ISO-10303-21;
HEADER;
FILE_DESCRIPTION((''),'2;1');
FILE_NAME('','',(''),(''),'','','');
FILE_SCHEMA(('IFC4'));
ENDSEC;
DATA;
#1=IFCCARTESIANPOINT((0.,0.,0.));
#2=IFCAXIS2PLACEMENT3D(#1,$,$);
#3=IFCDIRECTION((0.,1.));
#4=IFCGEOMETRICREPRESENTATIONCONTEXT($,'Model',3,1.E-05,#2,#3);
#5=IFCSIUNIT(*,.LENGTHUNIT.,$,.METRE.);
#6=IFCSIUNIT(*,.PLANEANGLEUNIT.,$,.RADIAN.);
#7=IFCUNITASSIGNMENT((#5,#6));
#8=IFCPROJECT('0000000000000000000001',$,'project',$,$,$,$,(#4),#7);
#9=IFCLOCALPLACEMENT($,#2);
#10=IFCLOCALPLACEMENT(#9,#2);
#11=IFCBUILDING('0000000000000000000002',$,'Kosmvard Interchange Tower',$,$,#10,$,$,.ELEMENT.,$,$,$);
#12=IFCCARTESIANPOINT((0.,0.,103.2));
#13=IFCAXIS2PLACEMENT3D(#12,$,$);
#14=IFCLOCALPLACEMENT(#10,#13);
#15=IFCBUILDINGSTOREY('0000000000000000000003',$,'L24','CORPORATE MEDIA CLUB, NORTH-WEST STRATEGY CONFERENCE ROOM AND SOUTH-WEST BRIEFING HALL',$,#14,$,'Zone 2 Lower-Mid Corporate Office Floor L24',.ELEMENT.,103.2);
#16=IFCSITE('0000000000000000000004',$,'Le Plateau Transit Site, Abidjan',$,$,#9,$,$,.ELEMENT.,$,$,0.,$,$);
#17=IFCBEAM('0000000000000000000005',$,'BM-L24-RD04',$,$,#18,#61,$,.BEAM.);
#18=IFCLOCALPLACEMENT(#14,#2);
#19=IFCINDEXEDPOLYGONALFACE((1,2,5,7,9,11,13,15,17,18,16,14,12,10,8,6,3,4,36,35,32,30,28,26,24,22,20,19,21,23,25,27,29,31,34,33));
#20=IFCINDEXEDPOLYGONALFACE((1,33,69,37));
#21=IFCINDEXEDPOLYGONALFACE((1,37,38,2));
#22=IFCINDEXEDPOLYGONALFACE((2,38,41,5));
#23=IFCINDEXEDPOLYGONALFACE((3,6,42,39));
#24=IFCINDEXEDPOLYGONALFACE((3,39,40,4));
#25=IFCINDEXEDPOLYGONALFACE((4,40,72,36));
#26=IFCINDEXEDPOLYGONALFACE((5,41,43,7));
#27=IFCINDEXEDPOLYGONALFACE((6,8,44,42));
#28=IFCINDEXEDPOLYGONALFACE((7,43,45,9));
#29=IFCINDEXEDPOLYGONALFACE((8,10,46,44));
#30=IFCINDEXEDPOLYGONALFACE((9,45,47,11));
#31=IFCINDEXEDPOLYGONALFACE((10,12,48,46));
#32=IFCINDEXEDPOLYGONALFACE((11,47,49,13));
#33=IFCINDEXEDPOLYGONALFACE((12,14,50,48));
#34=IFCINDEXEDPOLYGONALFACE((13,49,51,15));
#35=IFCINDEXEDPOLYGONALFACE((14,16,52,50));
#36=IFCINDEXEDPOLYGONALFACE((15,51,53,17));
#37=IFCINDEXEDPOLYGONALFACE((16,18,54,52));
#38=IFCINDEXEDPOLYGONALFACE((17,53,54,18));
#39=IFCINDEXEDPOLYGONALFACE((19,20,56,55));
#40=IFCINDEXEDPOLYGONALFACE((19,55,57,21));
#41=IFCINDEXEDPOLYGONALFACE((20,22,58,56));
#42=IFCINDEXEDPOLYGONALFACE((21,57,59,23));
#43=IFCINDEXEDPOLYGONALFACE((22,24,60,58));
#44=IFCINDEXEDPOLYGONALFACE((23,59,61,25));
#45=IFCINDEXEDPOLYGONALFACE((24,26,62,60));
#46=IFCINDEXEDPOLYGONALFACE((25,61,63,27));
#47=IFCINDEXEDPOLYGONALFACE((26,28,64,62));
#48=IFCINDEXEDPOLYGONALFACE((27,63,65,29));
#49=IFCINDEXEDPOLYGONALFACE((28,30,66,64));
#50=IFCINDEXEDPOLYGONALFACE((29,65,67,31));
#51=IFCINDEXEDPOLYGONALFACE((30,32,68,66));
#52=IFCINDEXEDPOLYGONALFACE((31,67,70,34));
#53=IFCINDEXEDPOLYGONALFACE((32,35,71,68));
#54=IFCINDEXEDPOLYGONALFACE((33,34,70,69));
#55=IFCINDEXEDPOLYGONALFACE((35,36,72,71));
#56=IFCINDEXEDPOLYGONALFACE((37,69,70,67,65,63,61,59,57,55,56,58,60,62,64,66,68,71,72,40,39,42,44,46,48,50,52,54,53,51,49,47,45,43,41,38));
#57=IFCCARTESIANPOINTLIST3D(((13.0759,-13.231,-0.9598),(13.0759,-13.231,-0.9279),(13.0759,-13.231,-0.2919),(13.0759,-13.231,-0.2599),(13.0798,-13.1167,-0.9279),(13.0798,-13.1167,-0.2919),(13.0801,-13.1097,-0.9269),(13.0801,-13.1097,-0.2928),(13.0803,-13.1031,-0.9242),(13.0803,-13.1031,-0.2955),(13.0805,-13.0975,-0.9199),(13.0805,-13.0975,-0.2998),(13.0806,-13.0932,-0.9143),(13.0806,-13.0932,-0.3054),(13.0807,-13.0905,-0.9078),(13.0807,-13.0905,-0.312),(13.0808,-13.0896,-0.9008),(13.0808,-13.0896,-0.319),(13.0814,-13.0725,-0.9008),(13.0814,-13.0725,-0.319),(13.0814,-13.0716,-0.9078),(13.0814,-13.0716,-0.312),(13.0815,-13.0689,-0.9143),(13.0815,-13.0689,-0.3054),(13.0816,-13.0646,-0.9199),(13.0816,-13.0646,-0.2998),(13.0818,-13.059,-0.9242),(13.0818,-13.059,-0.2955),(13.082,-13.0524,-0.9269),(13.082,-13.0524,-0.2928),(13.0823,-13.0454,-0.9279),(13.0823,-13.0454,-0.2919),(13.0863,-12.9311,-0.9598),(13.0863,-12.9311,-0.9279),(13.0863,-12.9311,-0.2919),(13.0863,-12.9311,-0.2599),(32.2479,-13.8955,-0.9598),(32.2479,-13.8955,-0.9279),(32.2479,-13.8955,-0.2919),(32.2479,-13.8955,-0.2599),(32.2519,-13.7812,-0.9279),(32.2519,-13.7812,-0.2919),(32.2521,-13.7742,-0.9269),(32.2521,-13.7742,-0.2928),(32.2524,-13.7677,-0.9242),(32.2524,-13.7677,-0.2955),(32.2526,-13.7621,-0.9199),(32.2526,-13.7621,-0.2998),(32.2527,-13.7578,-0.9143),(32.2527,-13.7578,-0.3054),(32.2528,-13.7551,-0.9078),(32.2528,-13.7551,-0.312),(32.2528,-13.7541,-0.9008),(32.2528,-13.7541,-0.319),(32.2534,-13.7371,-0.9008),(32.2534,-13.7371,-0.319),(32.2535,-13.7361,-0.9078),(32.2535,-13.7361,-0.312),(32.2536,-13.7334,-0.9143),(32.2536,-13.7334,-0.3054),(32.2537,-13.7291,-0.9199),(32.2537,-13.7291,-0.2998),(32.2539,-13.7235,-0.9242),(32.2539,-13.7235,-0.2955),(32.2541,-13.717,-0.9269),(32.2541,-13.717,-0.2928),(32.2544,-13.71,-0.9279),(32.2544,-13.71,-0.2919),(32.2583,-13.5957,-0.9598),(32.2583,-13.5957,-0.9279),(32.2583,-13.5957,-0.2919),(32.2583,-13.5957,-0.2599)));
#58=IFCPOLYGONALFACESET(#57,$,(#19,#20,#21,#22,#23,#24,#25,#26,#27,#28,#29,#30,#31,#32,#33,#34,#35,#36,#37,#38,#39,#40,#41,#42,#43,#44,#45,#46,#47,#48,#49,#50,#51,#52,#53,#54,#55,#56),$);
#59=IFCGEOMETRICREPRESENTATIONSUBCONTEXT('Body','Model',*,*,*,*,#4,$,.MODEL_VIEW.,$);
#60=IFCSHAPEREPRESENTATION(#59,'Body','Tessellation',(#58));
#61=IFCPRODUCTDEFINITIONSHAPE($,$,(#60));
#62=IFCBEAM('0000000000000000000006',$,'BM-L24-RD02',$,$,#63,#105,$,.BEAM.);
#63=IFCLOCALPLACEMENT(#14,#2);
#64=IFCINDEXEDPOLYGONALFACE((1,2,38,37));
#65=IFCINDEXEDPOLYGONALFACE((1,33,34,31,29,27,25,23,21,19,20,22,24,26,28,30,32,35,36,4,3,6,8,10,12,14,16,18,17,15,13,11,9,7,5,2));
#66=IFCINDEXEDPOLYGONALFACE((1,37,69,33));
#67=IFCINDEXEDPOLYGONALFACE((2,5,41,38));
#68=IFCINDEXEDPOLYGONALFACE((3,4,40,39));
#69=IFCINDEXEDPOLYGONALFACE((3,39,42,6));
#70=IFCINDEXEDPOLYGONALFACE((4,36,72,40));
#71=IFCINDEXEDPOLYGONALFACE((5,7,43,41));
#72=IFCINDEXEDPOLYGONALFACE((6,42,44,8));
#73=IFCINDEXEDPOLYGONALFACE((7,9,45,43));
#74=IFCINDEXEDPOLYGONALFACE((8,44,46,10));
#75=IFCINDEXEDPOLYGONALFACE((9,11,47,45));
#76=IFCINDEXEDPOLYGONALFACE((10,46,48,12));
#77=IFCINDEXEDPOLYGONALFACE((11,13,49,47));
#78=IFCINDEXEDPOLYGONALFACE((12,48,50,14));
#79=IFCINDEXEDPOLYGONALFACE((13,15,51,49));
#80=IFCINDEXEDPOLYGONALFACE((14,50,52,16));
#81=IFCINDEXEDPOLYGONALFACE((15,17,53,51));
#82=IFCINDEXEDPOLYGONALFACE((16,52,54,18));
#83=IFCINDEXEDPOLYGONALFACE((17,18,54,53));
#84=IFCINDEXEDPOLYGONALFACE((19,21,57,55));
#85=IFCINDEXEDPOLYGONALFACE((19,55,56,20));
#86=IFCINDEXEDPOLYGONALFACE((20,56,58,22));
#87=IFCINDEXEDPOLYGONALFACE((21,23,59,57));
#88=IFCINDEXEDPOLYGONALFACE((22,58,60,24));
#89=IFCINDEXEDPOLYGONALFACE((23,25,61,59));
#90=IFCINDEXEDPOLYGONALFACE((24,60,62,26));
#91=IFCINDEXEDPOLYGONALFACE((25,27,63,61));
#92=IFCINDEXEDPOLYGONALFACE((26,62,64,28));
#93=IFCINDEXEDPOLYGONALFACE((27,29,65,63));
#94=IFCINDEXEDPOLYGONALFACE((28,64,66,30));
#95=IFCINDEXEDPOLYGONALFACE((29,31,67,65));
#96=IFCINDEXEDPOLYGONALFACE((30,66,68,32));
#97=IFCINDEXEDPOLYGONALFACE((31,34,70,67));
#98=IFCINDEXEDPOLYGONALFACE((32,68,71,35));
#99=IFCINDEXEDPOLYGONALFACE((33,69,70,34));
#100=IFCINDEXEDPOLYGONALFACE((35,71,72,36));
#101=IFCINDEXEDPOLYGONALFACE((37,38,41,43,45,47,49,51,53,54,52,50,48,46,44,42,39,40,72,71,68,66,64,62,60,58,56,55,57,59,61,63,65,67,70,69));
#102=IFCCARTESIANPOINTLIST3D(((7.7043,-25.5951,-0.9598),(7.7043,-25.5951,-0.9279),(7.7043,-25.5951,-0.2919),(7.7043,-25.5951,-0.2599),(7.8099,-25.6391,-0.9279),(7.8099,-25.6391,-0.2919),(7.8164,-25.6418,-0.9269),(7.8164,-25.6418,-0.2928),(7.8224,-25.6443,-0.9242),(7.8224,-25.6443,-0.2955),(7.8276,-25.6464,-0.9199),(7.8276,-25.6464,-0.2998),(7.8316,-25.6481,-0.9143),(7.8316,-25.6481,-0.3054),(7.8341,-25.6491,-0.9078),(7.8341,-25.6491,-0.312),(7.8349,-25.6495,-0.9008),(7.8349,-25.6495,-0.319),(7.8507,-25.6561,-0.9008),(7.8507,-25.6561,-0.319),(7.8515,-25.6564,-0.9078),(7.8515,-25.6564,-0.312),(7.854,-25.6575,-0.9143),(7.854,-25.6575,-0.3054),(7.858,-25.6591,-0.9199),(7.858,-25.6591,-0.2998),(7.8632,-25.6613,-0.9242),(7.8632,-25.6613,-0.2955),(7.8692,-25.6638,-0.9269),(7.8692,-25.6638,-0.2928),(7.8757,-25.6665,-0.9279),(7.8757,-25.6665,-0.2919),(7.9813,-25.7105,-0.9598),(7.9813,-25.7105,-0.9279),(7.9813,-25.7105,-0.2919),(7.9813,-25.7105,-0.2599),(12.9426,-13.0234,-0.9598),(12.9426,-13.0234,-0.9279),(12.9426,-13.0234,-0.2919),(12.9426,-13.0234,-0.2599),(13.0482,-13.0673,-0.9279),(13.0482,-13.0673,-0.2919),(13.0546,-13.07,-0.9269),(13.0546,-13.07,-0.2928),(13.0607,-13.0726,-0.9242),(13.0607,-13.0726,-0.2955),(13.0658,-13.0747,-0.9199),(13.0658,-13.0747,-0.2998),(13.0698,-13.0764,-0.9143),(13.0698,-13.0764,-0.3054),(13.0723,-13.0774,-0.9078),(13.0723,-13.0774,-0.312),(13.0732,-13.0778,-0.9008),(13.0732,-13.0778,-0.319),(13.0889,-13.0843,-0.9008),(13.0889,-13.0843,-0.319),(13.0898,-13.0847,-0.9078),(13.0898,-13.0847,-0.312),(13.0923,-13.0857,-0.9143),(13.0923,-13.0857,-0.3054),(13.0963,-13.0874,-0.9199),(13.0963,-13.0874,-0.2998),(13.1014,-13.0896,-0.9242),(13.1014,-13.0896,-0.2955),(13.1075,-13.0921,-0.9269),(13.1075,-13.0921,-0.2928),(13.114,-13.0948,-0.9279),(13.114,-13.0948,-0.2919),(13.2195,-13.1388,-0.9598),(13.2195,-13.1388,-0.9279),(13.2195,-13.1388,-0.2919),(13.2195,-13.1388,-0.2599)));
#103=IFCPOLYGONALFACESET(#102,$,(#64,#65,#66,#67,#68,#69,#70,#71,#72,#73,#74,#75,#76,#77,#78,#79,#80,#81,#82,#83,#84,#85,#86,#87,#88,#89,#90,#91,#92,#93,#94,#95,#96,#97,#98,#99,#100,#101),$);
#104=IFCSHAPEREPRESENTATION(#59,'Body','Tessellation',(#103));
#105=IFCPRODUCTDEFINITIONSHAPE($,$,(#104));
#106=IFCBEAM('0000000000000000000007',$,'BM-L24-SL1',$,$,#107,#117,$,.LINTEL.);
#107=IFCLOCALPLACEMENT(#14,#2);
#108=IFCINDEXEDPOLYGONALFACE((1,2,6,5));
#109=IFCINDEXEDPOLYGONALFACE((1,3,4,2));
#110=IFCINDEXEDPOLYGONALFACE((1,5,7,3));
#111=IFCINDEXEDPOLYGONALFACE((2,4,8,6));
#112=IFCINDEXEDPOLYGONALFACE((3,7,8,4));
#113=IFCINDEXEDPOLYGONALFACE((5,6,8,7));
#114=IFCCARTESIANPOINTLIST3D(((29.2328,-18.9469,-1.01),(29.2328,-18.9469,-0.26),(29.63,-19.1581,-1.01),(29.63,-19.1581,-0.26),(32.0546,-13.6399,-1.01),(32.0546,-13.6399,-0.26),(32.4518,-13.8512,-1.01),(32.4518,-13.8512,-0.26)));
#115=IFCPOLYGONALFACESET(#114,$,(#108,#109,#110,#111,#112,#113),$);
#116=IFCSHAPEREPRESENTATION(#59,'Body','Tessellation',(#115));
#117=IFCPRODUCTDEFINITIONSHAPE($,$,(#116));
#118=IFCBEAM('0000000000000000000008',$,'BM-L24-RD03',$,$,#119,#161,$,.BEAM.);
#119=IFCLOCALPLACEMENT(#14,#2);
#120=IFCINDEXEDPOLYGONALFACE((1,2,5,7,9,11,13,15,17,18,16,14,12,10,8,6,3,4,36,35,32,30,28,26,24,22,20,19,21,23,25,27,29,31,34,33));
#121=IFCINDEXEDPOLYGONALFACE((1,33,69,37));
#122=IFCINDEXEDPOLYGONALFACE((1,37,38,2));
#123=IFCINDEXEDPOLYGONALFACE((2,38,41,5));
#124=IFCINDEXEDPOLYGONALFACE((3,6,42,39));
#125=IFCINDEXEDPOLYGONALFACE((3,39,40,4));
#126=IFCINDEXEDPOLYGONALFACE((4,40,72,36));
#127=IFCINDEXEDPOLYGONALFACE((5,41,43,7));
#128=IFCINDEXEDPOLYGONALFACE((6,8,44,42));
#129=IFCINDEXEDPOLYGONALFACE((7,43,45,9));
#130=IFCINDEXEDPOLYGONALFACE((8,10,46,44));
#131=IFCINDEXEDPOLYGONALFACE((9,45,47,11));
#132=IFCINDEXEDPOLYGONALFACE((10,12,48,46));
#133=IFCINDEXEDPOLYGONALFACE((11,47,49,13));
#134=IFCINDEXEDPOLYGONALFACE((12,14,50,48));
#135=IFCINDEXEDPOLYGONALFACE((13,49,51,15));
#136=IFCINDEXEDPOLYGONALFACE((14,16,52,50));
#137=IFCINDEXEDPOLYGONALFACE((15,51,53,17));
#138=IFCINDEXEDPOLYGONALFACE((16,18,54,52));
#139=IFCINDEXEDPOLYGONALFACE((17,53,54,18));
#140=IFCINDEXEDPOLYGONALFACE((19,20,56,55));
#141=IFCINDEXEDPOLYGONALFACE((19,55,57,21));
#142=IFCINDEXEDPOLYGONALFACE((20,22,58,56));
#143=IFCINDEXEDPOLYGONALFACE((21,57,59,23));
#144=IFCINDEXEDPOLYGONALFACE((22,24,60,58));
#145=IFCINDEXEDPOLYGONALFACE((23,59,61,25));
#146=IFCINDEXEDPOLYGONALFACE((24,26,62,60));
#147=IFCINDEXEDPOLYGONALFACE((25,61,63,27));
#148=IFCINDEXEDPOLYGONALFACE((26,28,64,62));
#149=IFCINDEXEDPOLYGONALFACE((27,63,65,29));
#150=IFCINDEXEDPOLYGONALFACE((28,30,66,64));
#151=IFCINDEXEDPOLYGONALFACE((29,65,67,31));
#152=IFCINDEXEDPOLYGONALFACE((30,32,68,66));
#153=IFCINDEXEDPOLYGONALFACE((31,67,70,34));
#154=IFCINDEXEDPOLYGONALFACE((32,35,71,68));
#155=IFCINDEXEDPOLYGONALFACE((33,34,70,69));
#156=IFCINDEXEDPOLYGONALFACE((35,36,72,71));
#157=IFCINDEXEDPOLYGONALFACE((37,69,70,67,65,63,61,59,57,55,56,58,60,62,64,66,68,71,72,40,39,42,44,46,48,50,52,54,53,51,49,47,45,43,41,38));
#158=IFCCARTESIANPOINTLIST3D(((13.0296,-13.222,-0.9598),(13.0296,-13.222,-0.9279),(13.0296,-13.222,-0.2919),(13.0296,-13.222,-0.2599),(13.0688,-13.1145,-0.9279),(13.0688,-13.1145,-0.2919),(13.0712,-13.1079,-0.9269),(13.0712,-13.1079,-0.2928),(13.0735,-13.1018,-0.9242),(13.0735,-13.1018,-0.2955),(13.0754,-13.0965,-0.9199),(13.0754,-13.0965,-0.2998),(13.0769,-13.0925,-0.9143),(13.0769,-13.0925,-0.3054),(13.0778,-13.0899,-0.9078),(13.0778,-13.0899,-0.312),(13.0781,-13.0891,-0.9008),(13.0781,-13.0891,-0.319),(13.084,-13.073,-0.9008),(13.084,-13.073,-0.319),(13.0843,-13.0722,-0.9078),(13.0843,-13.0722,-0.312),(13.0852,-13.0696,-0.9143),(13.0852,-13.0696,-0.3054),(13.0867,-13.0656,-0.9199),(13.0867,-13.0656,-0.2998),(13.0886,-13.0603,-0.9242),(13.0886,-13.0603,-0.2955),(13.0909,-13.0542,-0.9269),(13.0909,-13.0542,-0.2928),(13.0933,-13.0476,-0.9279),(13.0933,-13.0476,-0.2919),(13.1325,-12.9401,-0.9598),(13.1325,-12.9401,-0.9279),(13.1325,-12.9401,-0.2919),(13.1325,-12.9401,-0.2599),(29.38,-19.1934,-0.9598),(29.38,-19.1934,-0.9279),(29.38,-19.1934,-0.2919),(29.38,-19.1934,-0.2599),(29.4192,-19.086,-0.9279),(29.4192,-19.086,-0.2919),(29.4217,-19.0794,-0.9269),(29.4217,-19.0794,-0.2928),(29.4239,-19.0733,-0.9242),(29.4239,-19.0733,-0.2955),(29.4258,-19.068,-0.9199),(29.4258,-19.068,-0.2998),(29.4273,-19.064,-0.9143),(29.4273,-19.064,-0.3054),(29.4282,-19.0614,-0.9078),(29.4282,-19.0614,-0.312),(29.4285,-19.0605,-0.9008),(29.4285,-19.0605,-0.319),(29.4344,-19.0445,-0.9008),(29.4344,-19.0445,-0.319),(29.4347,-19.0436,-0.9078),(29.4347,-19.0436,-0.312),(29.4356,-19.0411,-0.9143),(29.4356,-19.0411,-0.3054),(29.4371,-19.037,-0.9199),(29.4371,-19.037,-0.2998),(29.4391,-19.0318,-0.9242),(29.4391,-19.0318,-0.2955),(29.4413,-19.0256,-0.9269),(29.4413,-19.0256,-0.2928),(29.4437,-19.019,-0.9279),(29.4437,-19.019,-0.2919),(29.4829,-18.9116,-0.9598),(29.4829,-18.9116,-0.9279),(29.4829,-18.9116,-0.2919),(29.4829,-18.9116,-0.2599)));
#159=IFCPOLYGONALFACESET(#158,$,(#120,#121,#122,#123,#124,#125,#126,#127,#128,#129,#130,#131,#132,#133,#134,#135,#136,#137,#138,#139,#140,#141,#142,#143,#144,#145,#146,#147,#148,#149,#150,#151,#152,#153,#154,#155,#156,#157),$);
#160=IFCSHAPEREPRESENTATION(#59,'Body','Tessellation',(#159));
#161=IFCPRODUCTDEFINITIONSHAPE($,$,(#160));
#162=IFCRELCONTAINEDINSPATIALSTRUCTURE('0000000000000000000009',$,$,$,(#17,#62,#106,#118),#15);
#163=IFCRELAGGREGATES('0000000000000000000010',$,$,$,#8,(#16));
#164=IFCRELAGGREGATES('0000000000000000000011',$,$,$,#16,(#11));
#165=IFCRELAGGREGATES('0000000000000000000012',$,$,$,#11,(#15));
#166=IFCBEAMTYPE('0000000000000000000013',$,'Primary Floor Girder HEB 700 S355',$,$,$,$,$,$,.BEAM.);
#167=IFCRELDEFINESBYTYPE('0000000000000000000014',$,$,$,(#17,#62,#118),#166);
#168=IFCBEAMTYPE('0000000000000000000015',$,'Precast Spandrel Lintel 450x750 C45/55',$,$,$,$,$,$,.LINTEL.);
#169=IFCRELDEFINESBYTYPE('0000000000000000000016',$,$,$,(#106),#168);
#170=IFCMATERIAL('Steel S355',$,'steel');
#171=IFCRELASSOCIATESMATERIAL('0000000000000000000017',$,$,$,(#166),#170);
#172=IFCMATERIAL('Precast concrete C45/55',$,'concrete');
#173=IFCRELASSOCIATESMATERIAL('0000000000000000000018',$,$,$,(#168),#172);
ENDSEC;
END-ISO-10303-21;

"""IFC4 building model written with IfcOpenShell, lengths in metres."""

from ifc_helpers import new_model, si_unit, direction, frame, origin, origin_2d, place, context, subcontext, project, spatial, rectangle, i_section, extrude, source, transform, mapped, material, material_profile, profile_set, type_object, element, save


model = new_model("IFC4")

# Units and contexts
model_context = context("Model", 3, precision=1e-05, world=origin(), true_north=direction((0.0, 1.0)))
body_context = subcontext(model_context, "Body", "Model", "MODEL_VIEW")
ifc_project = project(units=[si_unit("LENGTHUNIT", "METRE"), si_unit("PLANEANGLEUNIT", "RADIAN")], contexts=[model_context])

# Site, building, storey
site_placement = place(None, origin())
site = spatial("IfcSite", under=ifc_project, at=site_placement, Name="Le Plateau Transit Site, Abidjan", CompositionType="ELEMENT", RefElevation=0.0)
building_placement = place(site_placement, origin())
building = spatial("IfcBuilding", under=site, at=building_placement, Name="Kosmvard Interchange Tower", CompositionType="ELEMENT")
storey_placement = place(building_placement, frame((0.0, 0.0, 103.2)))
storey = spatial("IfcBuildingStorey", under=building, at=storey_placement, Name="L24", Description="CORPORATE MEDIA CLUB, NORTH-WEST STRATEGY CONFERENCE ROOM AND SOUTH-WEST BRIEFING HALL", LongName="Zone 2 Lower-Mid Corporate Office Floor L24", CompositionType="ELEMENT", Elevation=103.2)

# Beams
ifc_material_1 = material(Name="Steel S355", Category="steel")
ifc_material_profile_1 = material_profile(ifc_material_1, i_section(OverallWidth=0.3, OverallDepth=0.7, WebThickness=0.0171, FlangeThickness=0.032, FilletRadius=0.0271, at=origin_2d()), Name="HEB 700")
ifc_profile_set_1 = profile_set([ifc_material_profile_1], Name="Steel S355")
beam_type_1 = type_object("IfcBeamType", Name="Primary Floor Girder HEB 700 S355", PredefinedType="BEAM", material=ifc_profile_set_1)
shared_shape_1 = source(origin(), body_context, "Body", "SweptSolid", [
    extrude(i_section(OverallWidth=0.3, OverallDepth=0.7, WebThickness=0.0171, FlangeThickness=0.032, FilletRadius=0.0271, at=origin_2d()), origin(), (0.0, 0.0, 1.0), 19.1836),
])
beam_1_placement = place(storey_placement, frame((13.0811, -13.0811, -0.6099), z_axis=(0.9994, -0.034642, 0.0), x_axis=(0.034642, 0.9994, 0.0)))
element("IfcBeam", 1, at=beam_1_placement, inside=storey, type_object=beam_type_1, Name="BM-L24-RD04", PredefinedType="BEAM", context=body_context, shape_type="MappedRepresentation", body=[
    mapped(shared_shape_1, transform((0.0, 0.0, 0.0), scale=1.0)),
])
shared_shape_2 = source(origin(), body_context, "Body", "SweptSolid", [
    extrude(i_section(OverallWidth=0.3, OverallDepth=0.7, WebThickness=0.0171, FlangeThickness=0.032, FilletRadius=0.0271, at=origin_2d()), origin(), (0.0, 0.0, 1.0), 13.6194),
])
beam_2_placement = place(storey_placement, frame((13.0811, -13.0811, -0.6099), z_axis=(-0.384618, -0.923076, 0.0), x_axis=(0.923076, -0.384618, 0.0)))
element("IfcBeam", 2, at=beam_2_placement, inside=storey, type_object=beam_type_1, Name="BM-L24-RD02", PredefinedType="BEAM", context=body_context, shape_type="MappedRepresentation", body=[
    mapped(shared_shape_2, transform((0.0, 0.0, 0.0), scale=1.0)),
])
ifc_material_2 = material(Name="Precast concrete C45/55", Category="concrete")
ifc_material_profile_2 = material_profile(ifc_material_2, rectangle(XDim=0.45, YDim=0.75, at=origin_2d()), Name="SL 450x750")
ifc_profile_set_2 = profile_set([ifc_material_profile_2], Name="Precast concrete C45/55")
beam_type_2 = type_object("IfcBeamType", Name="Precast Spandrel Lintel 450x750 C45/55", PredefinedType="LINTEL", material=ifc_profile_set_2)
shared_shape_3 = source(origin(), body_context, "Body", "SweptSolid", [
    extrude(rectangle(XDim=0.45, YDim=0.75, at=origin_2d()), origin(), (0.0, 0.0, 1.0), 6.0105),
])
beam_3_placement = place(storey_placement, frame((29.4314, -19.0525, -0.635), z_axis=(0.469479, 0.882944, 0.0), x_axis=(-0.882944, 0.469479, 0.0)))
element("IfcBeam", 3, at=beam_3_placement, inside=storey, type_object=beam_type_2, Name="BM-L24-SL1", PredefinedType="LINTEL", context=body_context, shape_type="MappedRepresentation", body=[
    mapped(shared_shape_3, transform((0.0, 0.0, 0.0), scale=1.0)),
])
shared_shape_4 = source(origin(), body_context, "Body", "SweptSolid", [
    extrude(i_section(OverallWidth=0.3, OverallDepth=0.7, WebThickness=0.0171, FlangeThickness=0.032, FilletRadius=0.0271, at=origin_2d()), origin(), (0.0, 0.0, 1.0), 17.4067),
])
beam_4_placement = place(storey_placement, frame((13.0811, -13.0811, -0.6099), z_axis=(0.939315, -0.343055, 0.0), x_axis=(0.343055, 0.939315, 0.0)))
element("IfcBeam", 4, at=beam_4_placement, inside=storey, type_object=beam_type_1, Name="BM-L24-RD03", PredefinedType="BEAM", context=body_context, shape_type="MappedRepresentation", body=[
    mapped(shared_shape_4, transform((0.0, 0.0, 0.0), scale=1.0)),
])

save(model, "model.ifc")
